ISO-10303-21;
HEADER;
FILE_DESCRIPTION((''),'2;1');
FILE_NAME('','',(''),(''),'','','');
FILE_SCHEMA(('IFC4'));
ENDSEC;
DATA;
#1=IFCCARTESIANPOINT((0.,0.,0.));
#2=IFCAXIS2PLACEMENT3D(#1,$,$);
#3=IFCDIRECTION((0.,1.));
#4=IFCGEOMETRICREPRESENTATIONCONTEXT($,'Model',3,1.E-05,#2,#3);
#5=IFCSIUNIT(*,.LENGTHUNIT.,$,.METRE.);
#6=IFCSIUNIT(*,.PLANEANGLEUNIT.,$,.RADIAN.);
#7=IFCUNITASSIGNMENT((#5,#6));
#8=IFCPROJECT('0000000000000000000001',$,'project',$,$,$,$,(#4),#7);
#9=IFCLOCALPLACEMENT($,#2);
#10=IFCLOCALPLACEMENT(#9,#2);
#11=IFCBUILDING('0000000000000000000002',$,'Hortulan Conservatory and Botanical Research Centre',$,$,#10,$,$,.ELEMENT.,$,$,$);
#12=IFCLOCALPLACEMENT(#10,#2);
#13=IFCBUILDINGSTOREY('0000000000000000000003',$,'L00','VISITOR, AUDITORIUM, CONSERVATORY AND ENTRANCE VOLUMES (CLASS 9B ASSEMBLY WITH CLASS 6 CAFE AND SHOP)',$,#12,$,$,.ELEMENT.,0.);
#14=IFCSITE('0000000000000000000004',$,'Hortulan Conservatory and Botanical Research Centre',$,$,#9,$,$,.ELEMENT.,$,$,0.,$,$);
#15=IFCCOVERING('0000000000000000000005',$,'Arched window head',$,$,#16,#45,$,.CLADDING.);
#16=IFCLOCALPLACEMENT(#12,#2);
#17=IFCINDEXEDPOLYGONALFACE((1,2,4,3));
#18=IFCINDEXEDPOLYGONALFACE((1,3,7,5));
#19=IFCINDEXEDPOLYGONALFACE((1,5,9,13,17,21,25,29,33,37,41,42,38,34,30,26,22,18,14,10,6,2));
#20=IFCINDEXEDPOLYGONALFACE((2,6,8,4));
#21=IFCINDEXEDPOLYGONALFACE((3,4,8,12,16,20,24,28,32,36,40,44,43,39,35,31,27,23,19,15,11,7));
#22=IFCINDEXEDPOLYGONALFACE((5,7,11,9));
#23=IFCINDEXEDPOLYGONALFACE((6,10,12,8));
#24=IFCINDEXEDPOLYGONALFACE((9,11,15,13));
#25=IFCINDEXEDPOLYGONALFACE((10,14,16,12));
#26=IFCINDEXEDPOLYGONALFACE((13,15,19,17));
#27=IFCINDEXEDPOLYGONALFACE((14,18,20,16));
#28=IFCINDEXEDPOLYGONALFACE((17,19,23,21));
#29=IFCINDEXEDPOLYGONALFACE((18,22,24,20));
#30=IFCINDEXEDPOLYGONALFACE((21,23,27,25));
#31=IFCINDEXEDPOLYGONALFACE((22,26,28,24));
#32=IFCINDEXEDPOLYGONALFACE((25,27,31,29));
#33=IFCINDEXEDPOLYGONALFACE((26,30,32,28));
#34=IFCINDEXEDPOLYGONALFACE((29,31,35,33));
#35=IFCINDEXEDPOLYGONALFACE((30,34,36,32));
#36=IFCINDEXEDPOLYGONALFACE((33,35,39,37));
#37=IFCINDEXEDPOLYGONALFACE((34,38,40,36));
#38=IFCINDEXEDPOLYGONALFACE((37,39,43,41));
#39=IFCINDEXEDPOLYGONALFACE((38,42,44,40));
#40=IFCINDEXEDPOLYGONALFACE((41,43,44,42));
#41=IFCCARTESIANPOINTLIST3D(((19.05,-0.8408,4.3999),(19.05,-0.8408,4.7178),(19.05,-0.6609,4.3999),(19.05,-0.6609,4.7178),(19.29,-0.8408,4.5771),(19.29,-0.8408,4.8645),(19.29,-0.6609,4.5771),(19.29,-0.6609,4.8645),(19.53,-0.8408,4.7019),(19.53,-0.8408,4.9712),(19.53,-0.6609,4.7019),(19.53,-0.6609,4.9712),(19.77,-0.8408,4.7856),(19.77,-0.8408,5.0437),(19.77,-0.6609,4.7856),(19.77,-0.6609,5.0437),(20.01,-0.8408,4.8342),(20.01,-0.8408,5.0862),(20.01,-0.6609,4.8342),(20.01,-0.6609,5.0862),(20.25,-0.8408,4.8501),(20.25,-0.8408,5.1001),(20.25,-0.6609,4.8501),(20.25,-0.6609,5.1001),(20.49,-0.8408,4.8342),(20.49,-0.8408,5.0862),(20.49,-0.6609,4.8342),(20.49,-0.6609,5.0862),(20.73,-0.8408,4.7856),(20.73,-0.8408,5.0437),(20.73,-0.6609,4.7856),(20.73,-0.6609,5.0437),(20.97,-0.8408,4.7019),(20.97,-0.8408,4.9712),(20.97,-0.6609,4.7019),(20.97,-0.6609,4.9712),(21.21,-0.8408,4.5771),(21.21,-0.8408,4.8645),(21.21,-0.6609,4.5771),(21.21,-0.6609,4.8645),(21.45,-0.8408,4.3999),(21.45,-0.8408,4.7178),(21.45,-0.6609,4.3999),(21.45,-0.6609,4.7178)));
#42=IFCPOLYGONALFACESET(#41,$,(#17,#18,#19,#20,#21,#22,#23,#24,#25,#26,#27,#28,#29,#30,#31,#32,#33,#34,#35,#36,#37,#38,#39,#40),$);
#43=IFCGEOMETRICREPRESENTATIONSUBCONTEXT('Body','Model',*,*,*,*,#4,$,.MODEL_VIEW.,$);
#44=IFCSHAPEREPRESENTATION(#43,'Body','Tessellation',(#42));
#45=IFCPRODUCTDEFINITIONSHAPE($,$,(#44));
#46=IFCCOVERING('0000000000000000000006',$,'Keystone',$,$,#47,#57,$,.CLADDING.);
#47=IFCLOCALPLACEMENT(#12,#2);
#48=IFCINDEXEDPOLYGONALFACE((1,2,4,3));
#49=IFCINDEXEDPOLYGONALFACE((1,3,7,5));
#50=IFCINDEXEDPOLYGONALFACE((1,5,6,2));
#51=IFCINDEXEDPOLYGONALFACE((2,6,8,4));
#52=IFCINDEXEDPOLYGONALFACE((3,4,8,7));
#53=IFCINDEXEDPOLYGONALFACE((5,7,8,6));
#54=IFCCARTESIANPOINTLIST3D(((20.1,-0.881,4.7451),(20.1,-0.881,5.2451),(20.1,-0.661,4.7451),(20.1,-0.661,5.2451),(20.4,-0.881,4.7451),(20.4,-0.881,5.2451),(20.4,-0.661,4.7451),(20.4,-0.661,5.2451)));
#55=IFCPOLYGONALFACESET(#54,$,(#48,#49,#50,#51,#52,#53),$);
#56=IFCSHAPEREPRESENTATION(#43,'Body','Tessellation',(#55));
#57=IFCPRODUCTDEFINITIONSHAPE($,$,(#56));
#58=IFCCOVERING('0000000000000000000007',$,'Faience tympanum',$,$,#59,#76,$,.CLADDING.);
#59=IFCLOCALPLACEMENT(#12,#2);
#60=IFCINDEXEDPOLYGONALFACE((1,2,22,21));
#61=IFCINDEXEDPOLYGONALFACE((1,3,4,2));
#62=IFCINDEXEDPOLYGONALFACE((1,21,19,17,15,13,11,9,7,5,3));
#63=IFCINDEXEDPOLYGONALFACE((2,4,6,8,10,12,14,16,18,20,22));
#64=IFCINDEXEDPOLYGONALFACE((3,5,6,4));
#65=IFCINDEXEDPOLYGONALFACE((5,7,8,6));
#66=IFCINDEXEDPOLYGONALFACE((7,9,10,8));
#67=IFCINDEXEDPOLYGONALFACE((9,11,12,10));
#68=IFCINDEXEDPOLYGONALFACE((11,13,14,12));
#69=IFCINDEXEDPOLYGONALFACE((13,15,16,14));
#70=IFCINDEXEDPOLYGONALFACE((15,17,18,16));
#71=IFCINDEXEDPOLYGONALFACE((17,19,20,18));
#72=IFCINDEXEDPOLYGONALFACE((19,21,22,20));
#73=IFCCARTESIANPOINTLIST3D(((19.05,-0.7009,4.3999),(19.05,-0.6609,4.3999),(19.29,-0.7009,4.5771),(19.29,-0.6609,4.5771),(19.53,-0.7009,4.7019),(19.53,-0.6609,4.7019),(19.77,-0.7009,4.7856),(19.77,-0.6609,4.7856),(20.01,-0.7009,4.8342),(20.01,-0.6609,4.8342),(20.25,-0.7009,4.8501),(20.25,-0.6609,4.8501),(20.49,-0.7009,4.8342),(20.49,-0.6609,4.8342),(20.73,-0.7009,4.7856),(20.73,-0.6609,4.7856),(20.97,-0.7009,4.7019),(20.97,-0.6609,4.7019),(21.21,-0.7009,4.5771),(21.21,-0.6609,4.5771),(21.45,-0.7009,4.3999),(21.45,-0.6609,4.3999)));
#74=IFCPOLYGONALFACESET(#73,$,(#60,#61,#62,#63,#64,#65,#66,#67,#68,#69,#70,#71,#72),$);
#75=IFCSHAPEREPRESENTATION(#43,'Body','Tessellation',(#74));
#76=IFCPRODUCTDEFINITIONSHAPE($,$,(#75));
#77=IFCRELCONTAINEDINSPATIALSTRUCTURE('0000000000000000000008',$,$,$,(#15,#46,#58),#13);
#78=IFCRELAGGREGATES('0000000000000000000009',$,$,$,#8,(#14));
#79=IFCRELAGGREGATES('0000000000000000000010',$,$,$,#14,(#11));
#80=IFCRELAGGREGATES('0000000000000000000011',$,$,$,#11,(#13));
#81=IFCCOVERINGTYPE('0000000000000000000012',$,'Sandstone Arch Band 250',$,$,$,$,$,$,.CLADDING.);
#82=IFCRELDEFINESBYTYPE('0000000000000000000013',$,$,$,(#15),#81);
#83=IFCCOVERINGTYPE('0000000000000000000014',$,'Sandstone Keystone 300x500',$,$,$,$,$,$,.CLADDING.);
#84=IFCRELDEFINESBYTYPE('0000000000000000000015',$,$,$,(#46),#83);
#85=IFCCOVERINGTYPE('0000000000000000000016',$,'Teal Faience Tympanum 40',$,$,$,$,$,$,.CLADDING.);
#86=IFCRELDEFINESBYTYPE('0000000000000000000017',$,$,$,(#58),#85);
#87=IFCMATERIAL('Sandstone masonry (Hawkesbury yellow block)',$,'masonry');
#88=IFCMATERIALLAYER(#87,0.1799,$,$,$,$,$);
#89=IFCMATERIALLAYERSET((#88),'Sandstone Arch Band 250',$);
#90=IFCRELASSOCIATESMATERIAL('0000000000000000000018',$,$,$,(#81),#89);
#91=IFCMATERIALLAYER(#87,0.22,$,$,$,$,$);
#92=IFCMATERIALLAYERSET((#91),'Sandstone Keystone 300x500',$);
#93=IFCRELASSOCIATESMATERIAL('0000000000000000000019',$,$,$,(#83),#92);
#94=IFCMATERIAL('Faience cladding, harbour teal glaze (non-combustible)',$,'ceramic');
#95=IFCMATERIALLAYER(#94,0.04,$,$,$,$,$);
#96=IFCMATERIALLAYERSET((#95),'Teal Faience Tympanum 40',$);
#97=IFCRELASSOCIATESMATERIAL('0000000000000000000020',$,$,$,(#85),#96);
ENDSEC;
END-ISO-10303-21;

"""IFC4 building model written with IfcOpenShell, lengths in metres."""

from ifc_helpers import new_model, si_unit, direction, frame, origin, origin_2d, place, context, subcontext, project, spatial, polyline, rectangle, outline, extrude, material, layer, layer_set, type_object, element, save


model = new_model("IFC4")

# Units and contexts
model_context = context("Model", 3, precision=1e-05, world=origin(), true_north=direction((0.0, 1.0)))
body_context = subcontext(model_context, "Body", "Model", "MODEL_VIEW")
ifc_project = project(units=[si_unit("LENGTHUNIT", "METRE"), si_unit("PLANEANGLEUNIT", "RADIAN")], contexts=[model_context])

# Site, building, storey
site_placement = place(None, origin())
site = spatial("IfcSite", under=ifc_project, at=site_placement, Name="Hortulan Conservatory and Botanical Research Centre", CompositionType="ELEMENT", RefElevation=0.0)
building_placement = place(site_placement, origin())
building = spatial("IfcBuilding", under=site, at=building_placement, Name="Hortulan Conservatory and Botanical Research Centre", CompositionType="ELEMENT")
storey_placement = place(building_placement, origin())
storey = spatial("IfcBuildingStorey", under=building, at=storey_placement, Name="L00", Description="VISITOR, AUDITORIUM, CONSERVATORY AND ENTRANCE VOLUMES (CLASS 9B ASSEMBLY WITH CLASS 6 CAFE AND SHOP)", CompositionType="ELEMENT", Elevation=0.0)

# Coverings
ifc_material_1 = material(Name="Sandstone masonry (Hawkesbury yellow block)", Category="masonry")
ifc_layer_1 = layer(ifc_material_1, 0.1799)
ifc_layer_set_1 = layer_set([ifc_layer_1], Name="Sandstone Arch Band 250")
covering_type_1 = type_object("IfcCoveringType", Name="Sandstone Arch Band 250", PredefinedType="CLADDING", material=ifc_layer_set_1)
covering_1_placement = place(storey_placement, frame((21.45, -0.751, 4.3999), z_axis=(0.0, 0.0, 1.0), x_axis=(-1.0, 0.0, 0.0)))
element("IfcCovering", 1, at=covering_1_placement, inside=storey, type_object=covering_type_1, Name="Arched window head", PredefinedType="CLADDING", context=body_context, shape_type="SweptSolid", body=[
    extrude(outline(polyline([(0.0, 0.0), (0.24, 0.1772), (0.48, 0.302), (0.72, 0.3857), (0.96, 0.4343), (1.2, 0.4502), (1.4399, 0.4343), (1.6799, 0.3857), (1.9199, 0.302), (2.1599, 0.1772), (2.3999, 0.0), (2.3999, 0.3179), (2.1599, 0.4646), (1.9199, 0.5713), (1.6799, 0.6438), (1.4399, 0.6863), (1.2, 0.7002), (0.96, 0.6863), (0.72, 0.6438), (0.48, 0.5713), (0.24, 0.4646), (0.0, 0.3179), (0.0, 0.0)])), frame((0.0, 0.0898, 0.0), z_axis=(0.0, -1.0, 0.0), x_axis=(1.0, 0.0, 0.0)), (0.0, 0.0, 1.0), 0.1799),
])
ifc_layer_2 = layer(ifc_material_1, 0.22)
ifc_layer_set_2 = layer_set([ifc_layer_2], Name="Sandstone Keystone 300x500")
covering_type_2 = type_object("IfcCoveringType", Name="Sandstone Keystone 300x500", PredefinedType="CLADDING", material=ifc_layer_set_2)
covering_2_placement = place(storey_placement, frame((20.25, -0.771, 4.7451), z_axis=(0.0, 0.0, 1.0), x_axis=(-1.0, 0.0, 0.0)))
element("IfcCovering", 2, at=covering_2_placement, inside=storey, type_object=covering_type_2, Name="Keystone", PredefinedType="CLADDING", context=body_context, shape_type="SweptSolid", body=[
    extrude(rectangle(XDim=0.3, YDim=0.22, at=origin_2d()), origin(), (0.0, 0.0, 1.0), 0.5),
])
ifc_material_2 = material(Name="Faience cladding, harbour teal glaze (non-combustible)", Category="ceramic")
ifc_layer_3 = layer(ifc_material_2, 0.04)
ifc_layer_set_3 = layer_set([ifc_layer_3], Name="Teal Faience Tympanum 40")
covering_type_3 = type_object("IfcCoveringType", Name="Teal Faience Tympanum 40", PredefinedType="CLADDING", material=ifc_layer_set_3)
covering_3_placement = place(storey_placement, frame((21.45, -0.6809, 4.3999), z_axis=(0.0, 0.0, 1.0), x_axis=(-1.0, 0.0, 0.0)))
element("IfcCovering", 3, at=covering_3_placement, inside=storey, type_object=covering_type_3, Name="Faience tympanum", PredefinedType="CLADDING", context=body_context, shape_type="SweptSolid", body=[
    extrude(outline(polyline([(0.0, 0.0), (0.24, 0.1772), (0.48, 0.302), (0.72, 0.3857), (0.96, 0.4343), (1.2, 0.4502), (1.4399, 0.4343), (1.6799, 0.3857), (1.9199, 0.302), (2.1599, 0.1772), (2.3999, 0.0), (2.3999, 0.0), (0.0, 0.0), (0.0, 0.0)])), frame((0.0, 0.02, 0.0), z_axis=(0.0, -1.0, 0.0), x_axis=(1.0, 0.0, 0.0)), (0.0, 0.0, 1.0), 0.04),
])

save(model, "model.ifc")
